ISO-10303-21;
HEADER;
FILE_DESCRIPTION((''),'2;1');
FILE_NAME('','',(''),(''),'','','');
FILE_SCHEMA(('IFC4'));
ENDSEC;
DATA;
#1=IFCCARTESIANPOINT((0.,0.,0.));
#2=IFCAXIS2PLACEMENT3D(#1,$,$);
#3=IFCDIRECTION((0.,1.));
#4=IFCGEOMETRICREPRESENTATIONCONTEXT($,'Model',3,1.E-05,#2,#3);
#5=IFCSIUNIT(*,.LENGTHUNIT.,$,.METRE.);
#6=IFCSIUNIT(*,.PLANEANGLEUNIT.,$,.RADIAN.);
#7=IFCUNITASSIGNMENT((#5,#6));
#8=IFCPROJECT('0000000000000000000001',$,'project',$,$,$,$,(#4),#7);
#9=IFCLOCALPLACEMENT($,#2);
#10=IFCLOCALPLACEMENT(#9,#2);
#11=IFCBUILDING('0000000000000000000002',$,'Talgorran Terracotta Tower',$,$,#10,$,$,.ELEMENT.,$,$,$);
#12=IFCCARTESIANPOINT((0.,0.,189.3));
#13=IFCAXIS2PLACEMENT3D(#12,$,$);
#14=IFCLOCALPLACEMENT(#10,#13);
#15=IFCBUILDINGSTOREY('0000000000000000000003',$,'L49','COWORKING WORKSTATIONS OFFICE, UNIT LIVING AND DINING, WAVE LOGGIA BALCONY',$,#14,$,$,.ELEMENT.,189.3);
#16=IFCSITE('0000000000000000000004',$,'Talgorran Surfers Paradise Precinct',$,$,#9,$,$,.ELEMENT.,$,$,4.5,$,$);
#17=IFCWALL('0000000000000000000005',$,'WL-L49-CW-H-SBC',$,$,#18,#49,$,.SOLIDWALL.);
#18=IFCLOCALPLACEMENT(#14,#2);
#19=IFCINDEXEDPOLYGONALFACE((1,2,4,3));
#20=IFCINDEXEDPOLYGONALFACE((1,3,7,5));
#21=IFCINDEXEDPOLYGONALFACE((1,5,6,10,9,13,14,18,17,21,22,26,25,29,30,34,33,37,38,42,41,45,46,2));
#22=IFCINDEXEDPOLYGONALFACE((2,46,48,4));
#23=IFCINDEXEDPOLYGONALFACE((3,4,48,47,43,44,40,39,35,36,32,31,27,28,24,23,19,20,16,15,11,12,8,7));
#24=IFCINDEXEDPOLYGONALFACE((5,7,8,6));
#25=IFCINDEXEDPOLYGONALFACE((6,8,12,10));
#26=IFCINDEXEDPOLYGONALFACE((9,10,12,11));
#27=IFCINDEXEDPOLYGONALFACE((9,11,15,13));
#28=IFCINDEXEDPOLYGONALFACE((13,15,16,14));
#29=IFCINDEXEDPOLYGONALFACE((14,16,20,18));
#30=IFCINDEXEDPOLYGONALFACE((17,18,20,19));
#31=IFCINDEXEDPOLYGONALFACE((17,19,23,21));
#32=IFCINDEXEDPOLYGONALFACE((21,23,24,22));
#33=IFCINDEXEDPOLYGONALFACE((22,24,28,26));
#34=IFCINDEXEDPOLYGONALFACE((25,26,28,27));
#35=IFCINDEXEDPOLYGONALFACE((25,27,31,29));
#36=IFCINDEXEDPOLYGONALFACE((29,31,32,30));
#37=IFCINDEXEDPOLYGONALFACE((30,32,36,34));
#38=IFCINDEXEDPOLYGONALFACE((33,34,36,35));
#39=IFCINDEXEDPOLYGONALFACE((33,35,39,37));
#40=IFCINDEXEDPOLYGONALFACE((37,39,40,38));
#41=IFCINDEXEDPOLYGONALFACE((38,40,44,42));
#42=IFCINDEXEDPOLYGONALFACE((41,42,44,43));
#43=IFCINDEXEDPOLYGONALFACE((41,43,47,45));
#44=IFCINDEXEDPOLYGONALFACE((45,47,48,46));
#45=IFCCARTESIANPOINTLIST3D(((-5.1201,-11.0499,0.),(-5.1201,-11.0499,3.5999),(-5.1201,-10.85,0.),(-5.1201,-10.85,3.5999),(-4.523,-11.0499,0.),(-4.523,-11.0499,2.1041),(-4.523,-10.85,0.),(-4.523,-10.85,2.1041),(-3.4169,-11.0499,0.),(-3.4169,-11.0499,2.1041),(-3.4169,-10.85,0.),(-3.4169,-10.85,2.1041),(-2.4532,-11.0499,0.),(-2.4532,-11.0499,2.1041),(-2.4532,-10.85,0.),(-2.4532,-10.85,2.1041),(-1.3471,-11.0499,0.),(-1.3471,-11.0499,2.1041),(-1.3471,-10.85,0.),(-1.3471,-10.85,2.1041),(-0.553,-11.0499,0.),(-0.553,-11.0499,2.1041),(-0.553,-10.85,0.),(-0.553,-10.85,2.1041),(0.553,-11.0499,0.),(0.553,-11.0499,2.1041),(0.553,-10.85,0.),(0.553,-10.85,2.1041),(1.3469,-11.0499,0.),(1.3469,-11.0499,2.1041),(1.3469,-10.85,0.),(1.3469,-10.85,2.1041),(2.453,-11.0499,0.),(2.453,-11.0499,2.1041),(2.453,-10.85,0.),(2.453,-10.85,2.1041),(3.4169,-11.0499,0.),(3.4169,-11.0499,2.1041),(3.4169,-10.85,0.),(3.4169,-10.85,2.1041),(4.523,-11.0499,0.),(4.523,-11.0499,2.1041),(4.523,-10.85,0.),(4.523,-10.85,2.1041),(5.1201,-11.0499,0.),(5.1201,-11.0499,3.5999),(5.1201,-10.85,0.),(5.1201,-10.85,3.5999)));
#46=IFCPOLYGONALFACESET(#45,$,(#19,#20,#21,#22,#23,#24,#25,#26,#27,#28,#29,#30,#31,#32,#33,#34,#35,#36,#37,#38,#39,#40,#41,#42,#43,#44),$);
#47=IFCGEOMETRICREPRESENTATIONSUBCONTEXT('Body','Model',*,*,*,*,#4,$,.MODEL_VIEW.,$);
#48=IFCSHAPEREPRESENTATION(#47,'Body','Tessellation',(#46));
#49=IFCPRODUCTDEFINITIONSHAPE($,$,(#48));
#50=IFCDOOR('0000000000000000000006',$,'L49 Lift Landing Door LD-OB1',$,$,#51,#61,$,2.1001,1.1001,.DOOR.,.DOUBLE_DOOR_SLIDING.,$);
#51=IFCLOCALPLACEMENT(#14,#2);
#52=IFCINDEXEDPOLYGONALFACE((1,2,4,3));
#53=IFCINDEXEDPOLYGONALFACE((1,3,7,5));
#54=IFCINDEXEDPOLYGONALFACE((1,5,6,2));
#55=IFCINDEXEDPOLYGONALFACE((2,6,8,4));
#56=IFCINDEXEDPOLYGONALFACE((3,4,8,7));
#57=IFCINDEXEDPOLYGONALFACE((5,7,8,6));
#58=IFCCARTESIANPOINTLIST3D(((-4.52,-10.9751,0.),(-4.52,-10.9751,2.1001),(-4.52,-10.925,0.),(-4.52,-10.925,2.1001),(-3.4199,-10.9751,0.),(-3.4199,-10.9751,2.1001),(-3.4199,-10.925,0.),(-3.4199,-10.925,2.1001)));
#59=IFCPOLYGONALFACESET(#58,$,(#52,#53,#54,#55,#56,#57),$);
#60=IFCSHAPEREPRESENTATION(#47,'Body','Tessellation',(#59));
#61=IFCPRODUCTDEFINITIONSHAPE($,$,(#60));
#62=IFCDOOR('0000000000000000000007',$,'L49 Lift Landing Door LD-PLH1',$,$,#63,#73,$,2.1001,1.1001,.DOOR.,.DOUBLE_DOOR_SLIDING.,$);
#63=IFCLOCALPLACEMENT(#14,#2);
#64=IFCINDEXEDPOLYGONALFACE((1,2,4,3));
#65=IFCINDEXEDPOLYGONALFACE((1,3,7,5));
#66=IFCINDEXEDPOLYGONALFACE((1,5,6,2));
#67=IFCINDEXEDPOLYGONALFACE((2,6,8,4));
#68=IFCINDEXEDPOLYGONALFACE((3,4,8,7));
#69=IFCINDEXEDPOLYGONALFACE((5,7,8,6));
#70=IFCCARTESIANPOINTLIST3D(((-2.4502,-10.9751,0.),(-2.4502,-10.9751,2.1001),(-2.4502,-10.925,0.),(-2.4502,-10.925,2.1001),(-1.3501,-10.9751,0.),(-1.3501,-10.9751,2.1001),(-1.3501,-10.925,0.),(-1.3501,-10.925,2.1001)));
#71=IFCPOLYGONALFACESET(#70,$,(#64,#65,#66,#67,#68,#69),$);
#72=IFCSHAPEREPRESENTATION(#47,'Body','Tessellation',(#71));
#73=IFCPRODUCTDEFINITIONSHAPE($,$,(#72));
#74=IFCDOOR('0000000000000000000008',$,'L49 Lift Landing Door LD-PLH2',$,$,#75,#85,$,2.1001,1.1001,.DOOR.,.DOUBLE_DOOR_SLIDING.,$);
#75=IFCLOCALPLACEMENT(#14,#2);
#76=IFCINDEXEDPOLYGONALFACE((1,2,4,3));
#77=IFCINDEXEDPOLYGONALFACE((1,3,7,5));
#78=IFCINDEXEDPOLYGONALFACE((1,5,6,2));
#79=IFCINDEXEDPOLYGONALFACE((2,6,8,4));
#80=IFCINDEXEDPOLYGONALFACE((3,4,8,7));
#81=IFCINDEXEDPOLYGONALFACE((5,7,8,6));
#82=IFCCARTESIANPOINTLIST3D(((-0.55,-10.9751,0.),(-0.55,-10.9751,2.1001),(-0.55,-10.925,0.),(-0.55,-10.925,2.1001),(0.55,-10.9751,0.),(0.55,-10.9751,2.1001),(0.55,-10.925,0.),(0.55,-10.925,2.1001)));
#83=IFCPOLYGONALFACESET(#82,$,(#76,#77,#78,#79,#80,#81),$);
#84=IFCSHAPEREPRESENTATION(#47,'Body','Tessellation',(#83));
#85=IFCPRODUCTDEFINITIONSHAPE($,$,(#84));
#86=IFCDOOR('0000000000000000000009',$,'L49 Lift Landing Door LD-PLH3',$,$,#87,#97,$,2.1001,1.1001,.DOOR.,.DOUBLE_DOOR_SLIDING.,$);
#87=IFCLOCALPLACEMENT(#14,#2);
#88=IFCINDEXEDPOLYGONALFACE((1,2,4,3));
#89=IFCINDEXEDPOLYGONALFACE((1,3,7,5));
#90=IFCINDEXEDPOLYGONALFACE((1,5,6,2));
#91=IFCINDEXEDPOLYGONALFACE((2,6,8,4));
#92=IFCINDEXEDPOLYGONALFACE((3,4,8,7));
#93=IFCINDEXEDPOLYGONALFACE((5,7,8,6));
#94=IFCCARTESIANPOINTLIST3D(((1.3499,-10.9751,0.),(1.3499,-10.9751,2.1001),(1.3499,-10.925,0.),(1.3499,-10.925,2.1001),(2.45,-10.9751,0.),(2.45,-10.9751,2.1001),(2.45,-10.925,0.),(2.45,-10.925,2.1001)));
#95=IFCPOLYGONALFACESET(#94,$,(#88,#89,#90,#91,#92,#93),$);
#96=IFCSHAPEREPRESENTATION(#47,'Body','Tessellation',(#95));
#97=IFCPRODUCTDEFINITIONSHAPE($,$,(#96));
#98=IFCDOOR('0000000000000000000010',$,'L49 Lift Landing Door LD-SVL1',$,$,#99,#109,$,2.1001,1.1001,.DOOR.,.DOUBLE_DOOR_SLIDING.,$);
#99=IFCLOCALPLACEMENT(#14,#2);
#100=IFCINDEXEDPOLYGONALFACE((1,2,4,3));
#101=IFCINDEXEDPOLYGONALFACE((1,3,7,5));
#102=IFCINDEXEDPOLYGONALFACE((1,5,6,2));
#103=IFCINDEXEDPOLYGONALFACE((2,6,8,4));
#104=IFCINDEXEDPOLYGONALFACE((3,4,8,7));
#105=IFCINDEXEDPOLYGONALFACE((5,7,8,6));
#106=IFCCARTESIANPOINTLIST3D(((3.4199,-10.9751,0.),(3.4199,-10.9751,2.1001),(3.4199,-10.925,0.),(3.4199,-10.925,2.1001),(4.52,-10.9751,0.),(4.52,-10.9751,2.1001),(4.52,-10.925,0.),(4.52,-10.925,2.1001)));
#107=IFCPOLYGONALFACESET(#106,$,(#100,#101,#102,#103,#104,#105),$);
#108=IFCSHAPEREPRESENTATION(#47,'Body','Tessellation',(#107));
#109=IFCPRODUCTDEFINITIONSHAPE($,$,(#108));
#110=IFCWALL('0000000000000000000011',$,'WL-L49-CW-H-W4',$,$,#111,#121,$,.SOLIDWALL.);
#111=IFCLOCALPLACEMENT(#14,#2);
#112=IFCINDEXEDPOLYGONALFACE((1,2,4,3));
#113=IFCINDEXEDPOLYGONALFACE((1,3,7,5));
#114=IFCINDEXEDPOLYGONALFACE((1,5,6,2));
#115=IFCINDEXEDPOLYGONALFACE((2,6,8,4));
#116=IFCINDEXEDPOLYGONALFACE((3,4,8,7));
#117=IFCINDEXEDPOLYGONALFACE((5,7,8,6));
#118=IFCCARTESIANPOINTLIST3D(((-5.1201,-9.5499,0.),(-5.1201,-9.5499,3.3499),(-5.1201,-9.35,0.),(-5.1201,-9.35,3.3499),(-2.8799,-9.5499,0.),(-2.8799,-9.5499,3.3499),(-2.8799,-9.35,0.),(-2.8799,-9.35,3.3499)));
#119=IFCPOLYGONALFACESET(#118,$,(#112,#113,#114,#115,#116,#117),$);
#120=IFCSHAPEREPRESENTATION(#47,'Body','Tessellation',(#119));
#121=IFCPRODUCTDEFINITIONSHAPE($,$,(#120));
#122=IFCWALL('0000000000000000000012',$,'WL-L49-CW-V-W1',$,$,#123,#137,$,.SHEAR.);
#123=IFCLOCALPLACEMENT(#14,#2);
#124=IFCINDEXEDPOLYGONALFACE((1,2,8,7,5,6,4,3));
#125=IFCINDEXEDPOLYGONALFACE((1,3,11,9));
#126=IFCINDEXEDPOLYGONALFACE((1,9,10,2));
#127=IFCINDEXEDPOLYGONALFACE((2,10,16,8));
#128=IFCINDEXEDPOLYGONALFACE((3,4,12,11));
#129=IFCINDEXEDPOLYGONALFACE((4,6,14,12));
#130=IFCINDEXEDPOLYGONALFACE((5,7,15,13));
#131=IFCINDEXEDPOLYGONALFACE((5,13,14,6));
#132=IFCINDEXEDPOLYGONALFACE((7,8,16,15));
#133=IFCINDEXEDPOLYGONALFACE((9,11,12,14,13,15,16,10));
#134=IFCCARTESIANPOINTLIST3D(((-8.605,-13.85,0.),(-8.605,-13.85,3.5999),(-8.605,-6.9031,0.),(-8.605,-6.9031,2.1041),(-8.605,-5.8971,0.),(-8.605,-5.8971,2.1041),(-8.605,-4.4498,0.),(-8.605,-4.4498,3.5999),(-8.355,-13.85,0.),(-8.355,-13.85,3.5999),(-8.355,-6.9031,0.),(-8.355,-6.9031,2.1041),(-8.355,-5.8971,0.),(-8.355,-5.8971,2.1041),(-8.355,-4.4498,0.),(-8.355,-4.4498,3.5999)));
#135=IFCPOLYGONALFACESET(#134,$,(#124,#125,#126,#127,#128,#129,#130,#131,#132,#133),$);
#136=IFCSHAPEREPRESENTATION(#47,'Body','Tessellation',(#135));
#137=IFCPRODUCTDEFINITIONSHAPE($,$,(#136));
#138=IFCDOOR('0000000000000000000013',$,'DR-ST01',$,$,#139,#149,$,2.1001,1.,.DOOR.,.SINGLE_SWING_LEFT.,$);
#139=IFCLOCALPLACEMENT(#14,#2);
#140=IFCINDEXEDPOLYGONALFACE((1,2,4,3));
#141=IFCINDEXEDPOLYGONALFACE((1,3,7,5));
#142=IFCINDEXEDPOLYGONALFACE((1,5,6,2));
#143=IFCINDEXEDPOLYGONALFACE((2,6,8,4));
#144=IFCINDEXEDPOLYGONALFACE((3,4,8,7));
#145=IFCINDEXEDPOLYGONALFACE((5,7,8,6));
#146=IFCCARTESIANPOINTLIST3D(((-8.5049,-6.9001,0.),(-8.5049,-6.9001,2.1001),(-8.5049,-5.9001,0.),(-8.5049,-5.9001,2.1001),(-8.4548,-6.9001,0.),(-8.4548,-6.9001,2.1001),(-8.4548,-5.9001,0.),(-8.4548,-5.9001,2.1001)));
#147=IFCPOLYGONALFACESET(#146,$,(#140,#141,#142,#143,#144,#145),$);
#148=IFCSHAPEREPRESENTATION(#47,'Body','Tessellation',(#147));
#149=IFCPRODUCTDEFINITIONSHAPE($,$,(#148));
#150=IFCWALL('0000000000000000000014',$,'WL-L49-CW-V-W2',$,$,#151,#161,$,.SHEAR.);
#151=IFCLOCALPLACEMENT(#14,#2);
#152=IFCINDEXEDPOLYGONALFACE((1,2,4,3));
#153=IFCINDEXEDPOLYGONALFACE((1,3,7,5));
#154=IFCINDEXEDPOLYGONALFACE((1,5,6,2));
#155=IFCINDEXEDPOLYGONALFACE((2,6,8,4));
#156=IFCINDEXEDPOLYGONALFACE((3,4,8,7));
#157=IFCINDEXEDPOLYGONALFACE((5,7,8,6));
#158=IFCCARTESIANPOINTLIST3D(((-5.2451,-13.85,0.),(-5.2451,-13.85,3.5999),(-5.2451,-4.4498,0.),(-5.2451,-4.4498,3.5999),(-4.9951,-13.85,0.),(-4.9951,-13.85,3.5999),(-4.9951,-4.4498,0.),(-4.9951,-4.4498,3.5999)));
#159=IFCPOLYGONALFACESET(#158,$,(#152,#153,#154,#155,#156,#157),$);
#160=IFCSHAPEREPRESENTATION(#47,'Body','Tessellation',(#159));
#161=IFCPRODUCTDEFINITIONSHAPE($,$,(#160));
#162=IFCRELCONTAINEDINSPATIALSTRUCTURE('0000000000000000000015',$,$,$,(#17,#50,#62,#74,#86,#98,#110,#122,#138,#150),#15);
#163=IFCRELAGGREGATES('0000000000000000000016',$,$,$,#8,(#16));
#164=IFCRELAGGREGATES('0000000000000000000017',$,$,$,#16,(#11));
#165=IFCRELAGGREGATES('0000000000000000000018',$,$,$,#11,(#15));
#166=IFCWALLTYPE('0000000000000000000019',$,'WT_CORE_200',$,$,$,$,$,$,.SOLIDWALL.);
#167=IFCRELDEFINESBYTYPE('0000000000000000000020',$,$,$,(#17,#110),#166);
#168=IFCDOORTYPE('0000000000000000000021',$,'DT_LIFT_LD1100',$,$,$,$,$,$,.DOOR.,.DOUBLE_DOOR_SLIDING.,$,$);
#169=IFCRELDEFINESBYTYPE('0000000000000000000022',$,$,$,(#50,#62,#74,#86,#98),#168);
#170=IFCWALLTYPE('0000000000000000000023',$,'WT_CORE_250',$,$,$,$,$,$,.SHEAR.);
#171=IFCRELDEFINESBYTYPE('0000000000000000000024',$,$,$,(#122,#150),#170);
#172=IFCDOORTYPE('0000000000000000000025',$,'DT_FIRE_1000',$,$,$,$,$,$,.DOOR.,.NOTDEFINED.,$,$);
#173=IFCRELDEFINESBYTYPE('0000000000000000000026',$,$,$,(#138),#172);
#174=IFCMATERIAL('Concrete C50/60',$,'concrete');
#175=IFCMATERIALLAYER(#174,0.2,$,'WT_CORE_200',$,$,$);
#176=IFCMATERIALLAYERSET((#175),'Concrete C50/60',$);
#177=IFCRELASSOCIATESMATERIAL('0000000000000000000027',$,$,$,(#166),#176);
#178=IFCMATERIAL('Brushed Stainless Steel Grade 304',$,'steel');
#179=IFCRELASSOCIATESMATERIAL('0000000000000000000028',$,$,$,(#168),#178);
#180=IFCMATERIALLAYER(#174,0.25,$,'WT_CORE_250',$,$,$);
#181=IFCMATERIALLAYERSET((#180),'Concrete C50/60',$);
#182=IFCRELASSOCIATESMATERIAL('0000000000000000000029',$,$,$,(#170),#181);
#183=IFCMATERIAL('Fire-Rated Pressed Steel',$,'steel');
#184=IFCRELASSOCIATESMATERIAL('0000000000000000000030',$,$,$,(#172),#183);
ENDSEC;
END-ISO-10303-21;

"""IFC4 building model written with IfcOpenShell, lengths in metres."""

from ifc_helpers import new_model, si_unit, direction, frame, frame_2d, origin, place, context, subcontext, project, spatial, rectangle, extrude, material, layer, layer_set, type_object, element, fill, save


model = new_model("IFC4")

# Units and contexts
model_context = context("Model", 3, precision=1e-05, world=origin(), true_north=direction((0.0, 1.0)))
body_context = subcontext(model_context, "Body", "Model", "MODEL_VIEW")
ifc_project = project(units=[si_unit("LENGTHUNIT", "METRE"), si_unit("PLANEANGLEUNIT", "RADIAN")], contexts=[model_context])

# Site, building, storey
site_placement = place(None, origin())
site = spatial("IfcSite", under=ifc_project, at=site_placement, Name="Talgorran Surfers Paradise Precinct", CompositionType="ELEMENT", RefElevation=4.5)
building_placement = place(site_placement, origin())
building = spatial("IfcBuilding", under=site, at=building_placement, Name="Talgorran Terracotta Tower", CompositionType="ELEMENT")
storey_placement = place(building_placement, frame((0.0, 0.0, 189.3)))
storey = spatial("IfcBuildingStorey", under=building, at=storey_placement, Name="L49", Description="COWORKING WORKSTATIONS OFFICE, UNIT LIVING AND DINING, WAVE LOGGIA BALCONY", CompositionType="ELEMENT", Elevation=189.3)

# Shared definitions
ifc_material_1 = material(Name="Concrete C50/60", Category="concrete")

# Wall, openings, doors
ifc_layer_1 = layer(ifc_material_1, 0.2, Name="WT_CORE_200")
ifc_layer_set_1 = layer_set([ifc_layer_1], Name="Concrete C50/60")
wall_type_1 = type_object("IfcWallType", Name="WT_CORE_200", PredefinedType="SOLIDWALL", material=ifc_layer_set_1)
ifc_material_2 = material(Name="Brushed Stainless Steel Grade 304", Category="steel")
door_type_1 = type_object("IfcDoorType", Name="DT_LIFT_LD1100", OperationType="DOUBLE_DOOR_SLIDING", PredefinedType="DOOR", material=ifc_material_2)
ifc_material_3 = material(Name="Fire-Rated Pressed Steel", Category="steel")
wall_1_placement = place(storey_placement, frame((-5.1201, -10.95, 0.0), z_axis=(0.0, 0.0, 1.0), x_axis=(1.0, 0.0, 0.0)))
wall_1 = element("IfcWall", 1, at=wall_1_placement, inside=storey, type_object=wall_type_1, Name="WL-L49-CW-H-SBC", PredefinedType="SOLIDWALL", context=body_context, shape_type="SweptSolid", body=[
    extrude(rectangle(XDim=10.2402, YDim=0.2, at=frame_2d((5.1201, 0.0))), origin(), (0.0, 0.0, 1.0), 3.5999),
])
opening_1_placement = place(wall_1_placement, frame((0.6001, 0.0, 0.0)))
opening_1 = element("IfcOpeningElement", 2, at=opening_1_placement, cuts=wall_1, PredefinedType="OPENING", context=body_context, shape_type="SweptSolid", body=[
    extrude(rectangle(XDim=1.1061, YDim=2.1041, at=frame_2d((0.55, 1.052))), frame((0.0, 0.1099, 0.0), z_axis=(0.0, -1.0, 0.0), x_axis=(1.0, 0.0, 0.0)), (0.0, 0.0, 1.0), 0.22),
])
opening_2_placement = place(wall_1_placement, frame((2.6699, 0.0, 0.0)))
opening_2 = element("IfcOpeningElement", 3, at=opening_2_placement, cuts=wall_1, PredefinedType="OPENING", context=body_context, shape_type="SweptSolid", body=[
    extrude(rectangle(XDim=1.1061, YDim=2.1041, at=frame_2d((0.55, 1.052))), frame((0.0, 0.1099, 0.0), z_axis=(0.0, -1.0, 0.0), x_axis=(1.0, 0.0, 0.0)), (0.0, 0.0, 1.0), 0.22),
])
opening_3_placement = place(wall_1_placement, frame((4.5701, 0.0, 0.0)))
opening_3 = element("IfcOpeningElement", 4, at=opening_3_placement, cuts=wall_1, PredefinedType="OPENING", context=body_context, shape_type="SweptSolid", body=[
    extrude(rectangle(XDim=1.1061, YDim=2.1041, at=frame_2d((0.55, 1.052))), frame((0.0, 0.1099, 0.0), z_axis=(0.0, -1.0, 0.0), x_axis=(1.0, 0.0, 0.0)), (0.0, 0.0, 1.0), 0.22),
])
opening_4_placement = place(wall_1_placement, frame((6.47, 0.0, 0.0)))
opening_4 = element("IfcOpeningElement", 5, at=opening_4_placement, cuts=wall_1, PredefinedType="OPENING", context=body_context, shape_type="SweptSolid", body=[
    extrude(rectangle(XDim=1.1061, YDim=2.1041, at=frame_2d((0.55, 1.052))), frame((0.0, 0.1099, 0.0), z_axis=(0.0, -1.0, 0.0), x_axis=(1.0, 0.0, 0.0)), (0.0, 0.0, 1.0), 0.22),
])
opening_5_placement = place(wall_1_placement, frame((8.54, 0.0, 0.0)))
opening_5 = element("IfcOpeningElement", 6, at=opening_5_placement, cuts=wall_1, PredefinedType="OPENING", context=body_context, shape_type="SweptSolid", body=[
    extrude(rectangle(XDim=1.1061, YDim=2.1041, at=frame_2d((0.55, 1.052))), frame((0.0, 0.1099, 0.0), z_axis=(0.0, -1.0, 0.0), x_axis=(1.0, 0.0, 0.0)), (0.0, 0.0, 1.0), 0.22),
])
door_1_placement = place(opening_1_placement, origin())
door_1 = element("IfcDoor", 7, at=door_1_placement, inside=storey, type_object=door_type_1, Name="L49 Lift Landing Door LD-OB1", OperationType="DOUBLE_DOOR_SLIDING", OverallHeight=2.1001, OverallWidth=1.1001, PredefinedType="DOOR", context=body_context, shape_type="SweptSolid", body=[
    extrude(rectangle(XDim=1.1001, YDim=2.1001, at=frame_2d((0.55, 1.05))), frame((0.0, 0.0249, 0.0), z_axis=(0.0, -1.0, 0.0), x_axis=(1.0, 0.0, 0.0)), (0.0, 0.0, 1.0), 0.05),
])
fill(opening_1, door_1)
door_2_placement = place(opening_2_placement, origin())
door_2 = element("IfcDoor", 8, at=door_2_placement, inside=storey, type_object=door_type_1, Name="L49 Lift Landing Door LD-PLH1", OperationType="DOUBLE_DOOR_SLIDING", OverallHeight=2.1001, OverallWidth=1.1001, PredefinedType="DOOR", context=body_context, shape_type="SweptSolid", body=[
    extrude(rectangle(XDim=1.1001, YDim=2.1001, at=frame_2d((0.55, 1.05))), frame((0.0, 0.0249, 0.0), z_axis=(0.0, -1.0, 0.0), x_axis=(1.0, 0.0, 0.0)), (0.0, 0.0, 1.0), 0.05),
])
fill(opening_2, door_2)
door_3_placement = place(opening_3_placement, origin())
door_3 = element("IfcDoor", 9, at=door_3_placement, inside=storey, type_object=door_type_1, Name="L49 Lift Landing Door LD-PLH2", OperationType="DOUBLE_DOOR_SLIDING", OverallHeight=2.1001, OverallWidth=1.1001, PredefinedType="DOOR", context=body_context, shape_type="SweptSolid", body=[
    extrude(rectangle(XDim=1.1001, YDim=2.1001, at=frame_2d((0.55, 1.05))), frame((0.0, 0.0249, 0.0), z_axis=(0.0, -1.0, 0.0), x_axis=(1.0, 0.0, 0.0)), (0.0, 0.0, 1.0), 0.05),
])
fill(opening_3, door_3)
door_4_placement = place(opening_4_placement, origin())
door_4 = element("IfcDoor", 10, at=door_4_placement, inside=storey, type_object=door_type_1, Name="L49 Lift Landing Door LD-PLH3", OperationType="DOUBLE_DOOR_SLIDING", OverallHeight=2.1001, OverallWidth=1.1001, PredefinedType="DOOR", context=body_context, shape_type="SweptSolid", body=[
    extrude(rectangle(XDim=1.1001, YDim=2.1001, at=frame_2d((0.55, 1.05))), frame((0.0, 0.0249, 0.0), z_axis=(0.0, -1.0, 0.0), x_axis=(1.0, 0.0, 0.0)), (0.0, 0.0, 1.0), 0.05),
])
fill(opening_4, door_4)
door_5_placement = place(opening_5_placement, origin())
door_5 = element("IfcDoor", 11, at=door_5_placement, inside=storey, type_object=door_type_1, Name="L49 Lift Landing Door LD-SVL1", OperationType="DOUBLE_DOOR_SLIDING", OverallHeight=2.1001, OverallWidth=1.1001, PredefinedType="DOOR", context=body_context, shape_type="SweptSolid", body=[
    extrude(rectangle(XDim=1.1001, YDim=2.1001, at=frame_2d((0.55, 1.05))), frame((0.0, 0.0249, 0.0), z_axis=(0.0, -1.0, 0.0), x_axis=(1.0, 0.0, 0.0)), (0.0, 0.0, 1.0), 0.05),
])
fill(opening_5, door_5)

# Wall
wall_2_placement = place(storey_placement, frame((-5.1201, -9.45, 0.0), z_axis=(0.0, 0.0, 1.0), x_axis=(1.0, 0.0, 0.0)))
element("IfcWall", 12, at=wall_2_placement, inside=storey, type_object=wall_type_1, Name="WL-L49-CW-H-W4", PredefinedType="SOLIDWALL", context=body_context, shape_type="SweptSolid", body=[
    extrude(rectangle(XDim=2.2402, YDim=0.2, at=frame_2d((1.1201, 0.0))), origin(), (0.0, 0.0, 1.0), 3.3499),
])

# Wall, opening, door
ifc_layer_2 = layer(ifc_material_1, 0.25, Name="WT_CORE_250")
ifc_layer_set_2 = layer_set([ifc_layer_2], Name="Concrete C50/60")
wall_type_2 = type_object("IfcWallType", Name="WT_CORE_250", PredefinedType="SHEAR", material=ifc_layer_set_2)
wall_3_placement = place(storey_placement, frame((-8.48, -13.8501, 0.0), z_axis=(0.0, 0.0, 1.0), x_axis=(0.0, 1.0, 0.0)))
wall_3 = element("IfcWall", 13, at=wall_3_placement, inside=storey, type_object=wall_type_2, Name="WL-L49-CW-V-W1", PredefinedType="SHEAR", context=body_context, shape_type="SweptSolid", body=[
    extrude(rectangle(XDim=9.4001, YDim=0.25, at=frame_2d((4.7002, 0.0))), origin(), (0.0, 0.0, 1.0), 3.5999),
])
opening_6_placement = place(wall_3_placement, frame((6.95, 0.0, 0.0)))
opening_6 = element("IfcOpeningElement", 14, at=opening_6_placement, cuts=wall_3, PredefinedType="OPENING", context=body_context, shape_type="SweptSolid", body=[
    extrude(rectangle(XDim=1.006, YDim=2.1041, at=frame_2d((0.5, 1.052))), frame((0.0, 0.135, 0.0), z_axis=(0.0, -1.0, 0.0), x_axis=(1.0, 0.0, 0.0)), (0.0, 0.0, 1.0), 0.27),
])
door_type_2 = type_object("IfcDoorType", Name="DT_FIRE_1000", OperationType="NOTDEFINED", PredefinedType="DOOR", material=ifc_material_3)
door_6_placement = place(opening_6_placement, origin())
door_6 = element("IfcDoor", 15, at=door_6_placement, inside=storey, type_object=door_type_2, Name="DR-ST01", OperationType="SINGLE_SWING_LEFT", OverallHeight=2.1001, OverallWidth=1.0, PredefinedType="DOOR", context=body_context, shape_type="SweptSolid", body=[
    extrude(rectangle(XDim=1.0, YDim=2.1001, at=frame_2d((0.5, 1.05))), frame((0.0, 0.0249, 0.0), z_axis=(0.0, -1.0, 0.0), x_axis=(1.0, 0.0, 0.0)), (0.0, 0.0, 1.0), 0.05),
])
fill(opening_6, door_6)

# Wall
wall_4_placement = place(storey_placement, frame((-5.1201, -13.8501, 0.0), z_axis=(0.0, 0.0, 1.0), x_axis=(0.0, 1.0, 0.0)))
element("IfcWall", 16, at=wall_4_placement, inside=storey, type_object=wall_type_2, Name="WL-L49-CW-V-W2", PredefinedType="SHEAR", context=body_context, shape_type="SweptSolid", body=[
    extrude(rectangle(XDim=9.4001, YDim=0.25, at=frame_2d((4.7002, 0.0))), origin(), (0.0, 0.0, 1.0), 3.5999),
])

save(model, "model.ifc")
